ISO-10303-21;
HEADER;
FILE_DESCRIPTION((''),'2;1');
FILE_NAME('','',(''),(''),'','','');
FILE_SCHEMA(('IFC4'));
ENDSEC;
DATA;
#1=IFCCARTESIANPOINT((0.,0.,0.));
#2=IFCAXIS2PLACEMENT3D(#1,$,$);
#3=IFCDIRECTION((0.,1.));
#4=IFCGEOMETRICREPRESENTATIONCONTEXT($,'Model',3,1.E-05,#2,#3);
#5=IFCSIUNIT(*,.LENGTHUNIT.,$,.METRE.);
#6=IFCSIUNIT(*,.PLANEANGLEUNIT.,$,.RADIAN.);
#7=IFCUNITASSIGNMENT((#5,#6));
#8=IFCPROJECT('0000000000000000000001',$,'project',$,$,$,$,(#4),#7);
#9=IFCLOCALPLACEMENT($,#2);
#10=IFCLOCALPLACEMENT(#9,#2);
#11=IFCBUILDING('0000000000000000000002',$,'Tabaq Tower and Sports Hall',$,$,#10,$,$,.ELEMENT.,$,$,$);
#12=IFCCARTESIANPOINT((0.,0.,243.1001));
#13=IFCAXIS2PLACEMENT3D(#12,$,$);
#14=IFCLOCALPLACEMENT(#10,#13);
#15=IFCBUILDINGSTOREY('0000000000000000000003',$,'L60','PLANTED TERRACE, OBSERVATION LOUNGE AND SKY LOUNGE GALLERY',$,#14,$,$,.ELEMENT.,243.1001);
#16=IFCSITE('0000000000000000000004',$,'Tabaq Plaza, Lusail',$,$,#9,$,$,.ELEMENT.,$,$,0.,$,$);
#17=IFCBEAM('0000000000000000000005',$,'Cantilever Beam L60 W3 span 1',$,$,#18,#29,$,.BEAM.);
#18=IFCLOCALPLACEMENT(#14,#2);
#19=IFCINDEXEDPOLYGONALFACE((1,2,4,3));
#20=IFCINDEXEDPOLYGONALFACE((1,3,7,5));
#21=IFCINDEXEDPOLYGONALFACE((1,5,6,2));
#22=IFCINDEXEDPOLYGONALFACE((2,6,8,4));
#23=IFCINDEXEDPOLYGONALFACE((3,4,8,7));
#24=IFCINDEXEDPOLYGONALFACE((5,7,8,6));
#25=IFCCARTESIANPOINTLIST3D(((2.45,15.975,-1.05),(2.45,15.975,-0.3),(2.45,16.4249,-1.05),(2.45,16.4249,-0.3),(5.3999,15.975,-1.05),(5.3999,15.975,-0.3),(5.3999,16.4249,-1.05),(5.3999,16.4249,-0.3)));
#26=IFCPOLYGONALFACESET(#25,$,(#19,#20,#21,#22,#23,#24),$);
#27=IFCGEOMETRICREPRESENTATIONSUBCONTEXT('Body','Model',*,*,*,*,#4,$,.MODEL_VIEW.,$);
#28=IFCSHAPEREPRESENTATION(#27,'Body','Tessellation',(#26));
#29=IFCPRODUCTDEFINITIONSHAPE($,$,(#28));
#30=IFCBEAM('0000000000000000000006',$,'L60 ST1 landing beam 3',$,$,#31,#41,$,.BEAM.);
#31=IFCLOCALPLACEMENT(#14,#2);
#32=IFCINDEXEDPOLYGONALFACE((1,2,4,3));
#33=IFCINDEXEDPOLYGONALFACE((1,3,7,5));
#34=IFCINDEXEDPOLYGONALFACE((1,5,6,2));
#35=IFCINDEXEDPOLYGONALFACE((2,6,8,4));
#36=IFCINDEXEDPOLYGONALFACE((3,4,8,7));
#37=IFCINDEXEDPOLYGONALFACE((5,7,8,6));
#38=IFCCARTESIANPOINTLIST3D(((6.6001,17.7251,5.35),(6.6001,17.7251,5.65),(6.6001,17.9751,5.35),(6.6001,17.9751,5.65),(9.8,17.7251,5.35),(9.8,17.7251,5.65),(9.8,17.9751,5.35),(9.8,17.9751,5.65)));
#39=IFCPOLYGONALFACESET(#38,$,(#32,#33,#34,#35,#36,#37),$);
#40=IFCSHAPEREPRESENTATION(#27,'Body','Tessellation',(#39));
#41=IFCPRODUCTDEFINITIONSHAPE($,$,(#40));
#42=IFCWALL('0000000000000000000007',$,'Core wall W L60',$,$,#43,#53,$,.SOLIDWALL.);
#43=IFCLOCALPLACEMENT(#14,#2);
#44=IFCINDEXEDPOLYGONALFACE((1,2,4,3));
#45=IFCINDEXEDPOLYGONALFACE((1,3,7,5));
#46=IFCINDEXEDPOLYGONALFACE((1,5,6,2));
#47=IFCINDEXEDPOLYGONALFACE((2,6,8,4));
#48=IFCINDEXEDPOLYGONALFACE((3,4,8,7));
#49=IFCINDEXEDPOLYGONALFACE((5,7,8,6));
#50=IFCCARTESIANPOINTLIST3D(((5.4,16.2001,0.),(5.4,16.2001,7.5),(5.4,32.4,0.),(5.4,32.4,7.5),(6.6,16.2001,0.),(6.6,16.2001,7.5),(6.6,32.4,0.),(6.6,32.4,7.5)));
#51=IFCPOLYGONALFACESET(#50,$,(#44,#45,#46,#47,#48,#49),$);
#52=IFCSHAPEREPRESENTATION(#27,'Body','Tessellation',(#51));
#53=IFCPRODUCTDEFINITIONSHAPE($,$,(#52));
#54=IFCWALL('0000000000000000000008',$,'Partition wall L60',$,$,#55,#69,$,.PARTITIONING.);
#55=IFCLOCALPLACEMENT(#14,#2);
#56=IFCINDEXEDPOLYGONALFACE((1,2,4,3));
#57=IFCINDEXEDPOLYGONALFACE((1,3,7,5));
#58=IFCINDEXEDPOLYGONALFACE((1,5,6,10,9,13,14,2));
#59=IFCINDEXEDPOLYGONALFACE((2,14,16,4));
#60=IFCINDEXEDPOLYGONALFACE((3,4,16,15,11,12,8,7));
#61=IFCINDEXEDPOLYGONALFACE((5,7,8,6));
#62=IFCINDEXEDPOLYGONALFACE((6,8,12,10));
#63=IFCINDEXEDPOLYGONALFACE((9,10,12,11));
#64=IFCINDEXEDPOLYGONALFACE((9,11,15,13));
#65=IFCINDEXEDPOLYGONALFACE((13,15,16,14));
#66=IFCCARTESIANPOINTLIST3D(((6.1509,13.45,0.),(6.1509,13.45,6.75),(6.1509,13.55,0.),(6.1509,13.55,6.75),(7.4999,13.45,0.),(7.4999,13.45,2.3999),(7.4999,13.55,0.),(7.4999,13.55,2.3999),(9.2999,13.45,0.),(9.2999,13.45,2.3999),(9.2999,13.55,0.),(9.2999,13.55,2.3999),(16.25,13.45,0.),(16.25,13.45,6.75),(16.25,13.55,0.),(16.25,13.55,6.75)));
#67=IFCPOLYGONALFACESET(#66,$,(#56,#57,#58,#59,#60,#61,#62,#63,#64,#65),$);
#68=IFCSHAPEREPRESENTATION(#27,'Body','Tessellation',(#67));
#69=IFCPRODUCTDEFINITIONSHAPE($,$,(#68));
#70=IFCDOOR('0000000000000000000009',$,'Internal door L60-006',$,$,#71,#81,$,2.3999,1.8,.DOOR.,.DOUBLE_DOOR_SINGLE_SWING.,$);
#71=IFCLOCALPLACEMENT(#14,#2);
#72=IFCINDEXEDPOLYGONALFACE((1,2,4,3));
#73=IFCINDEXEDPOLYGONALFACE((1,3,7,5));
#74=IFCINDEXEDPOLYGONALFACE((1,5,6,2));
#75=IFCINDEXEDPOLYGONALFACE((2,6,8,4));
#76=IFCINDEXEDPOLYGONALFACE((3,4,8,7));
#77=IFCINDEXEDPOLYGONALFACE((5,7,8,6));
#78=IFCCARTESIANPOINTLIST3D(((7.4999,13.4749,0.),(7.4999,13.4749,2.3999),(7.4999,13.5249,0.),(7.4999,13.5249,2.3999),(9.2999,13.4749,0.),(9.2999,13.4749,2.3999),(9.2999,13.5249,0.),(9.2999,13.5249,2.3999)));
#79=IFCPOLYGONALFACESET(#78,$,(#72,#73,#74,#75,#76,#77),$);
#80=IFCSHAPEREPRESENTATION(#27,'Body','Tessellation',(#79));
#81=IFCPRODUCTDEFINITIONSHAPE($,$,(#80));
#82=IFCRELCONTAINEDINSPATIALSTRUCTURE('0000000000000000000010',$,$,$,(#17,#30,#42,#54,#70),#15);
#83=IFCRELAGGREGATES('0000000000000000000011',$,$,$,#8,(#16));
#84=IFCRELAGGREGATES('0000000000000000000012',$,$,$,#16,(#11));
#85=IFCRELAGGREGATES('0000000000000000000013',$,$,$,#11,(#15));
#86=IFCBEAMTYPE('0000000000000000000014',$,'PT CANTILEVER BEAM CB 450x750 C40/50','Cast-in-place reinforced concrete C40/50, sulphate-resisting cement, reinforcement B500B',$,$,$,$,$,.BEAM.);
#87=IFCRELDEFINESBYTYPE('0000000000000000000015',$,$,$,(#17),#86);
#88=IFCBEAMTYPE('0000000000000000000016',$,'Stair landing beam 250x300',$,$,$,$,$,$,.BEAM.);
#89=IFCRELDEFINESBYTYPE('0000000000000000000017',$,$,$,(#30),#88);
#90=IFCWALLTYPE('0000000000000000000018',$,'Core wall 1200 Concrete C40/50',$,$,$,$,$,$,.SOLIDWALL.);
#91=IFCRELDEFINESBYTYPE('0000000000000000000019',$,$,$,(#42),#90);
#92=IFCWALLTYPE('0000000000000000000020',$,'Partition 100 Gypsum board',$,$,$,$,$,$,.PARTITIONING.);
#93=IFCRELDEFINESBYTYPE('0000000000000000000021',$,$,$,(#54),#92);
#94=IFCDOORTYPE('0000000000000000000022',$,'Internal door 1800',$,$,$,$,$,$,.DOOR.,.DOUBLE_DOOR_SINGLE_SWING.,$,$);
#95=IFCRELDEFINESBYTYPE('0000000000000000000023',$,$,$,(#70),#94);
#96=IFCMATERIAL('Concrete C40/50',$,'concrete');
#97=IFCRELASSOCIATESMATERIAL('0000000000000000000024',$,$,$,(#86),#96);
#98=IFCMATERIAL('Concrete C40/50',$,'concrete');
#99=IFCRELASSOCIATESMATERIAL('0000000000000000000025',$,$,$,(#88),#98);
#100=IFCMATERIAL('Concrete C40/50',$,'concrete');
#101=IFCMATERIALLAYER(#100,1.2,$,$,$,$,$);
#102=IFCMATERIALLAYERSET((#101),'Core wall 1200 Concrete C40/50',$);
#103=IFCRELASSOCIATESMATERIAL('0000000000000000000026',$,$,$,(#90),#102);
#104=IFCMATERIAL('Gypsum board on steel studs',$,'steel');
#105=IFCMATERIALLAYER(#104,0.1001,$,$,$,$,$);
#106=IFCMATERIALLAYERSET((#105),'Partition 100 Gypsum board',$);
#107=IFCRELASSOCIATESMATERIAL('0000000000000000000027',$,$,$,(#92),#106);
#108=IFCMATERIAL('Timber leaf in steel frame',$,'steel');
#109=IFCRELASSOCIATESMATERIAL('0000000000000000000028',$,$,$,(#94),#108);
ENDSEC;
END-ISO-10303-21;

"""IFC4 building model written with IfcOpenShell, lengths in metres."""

from ifc_helpers import new_model, si_unit, direction, frame, frame_2d, origin, origin_2d, place, context, subcontext, project, spatial, rectangle, extrude, material, layer, layer_set, material_profile, profile_set, type_object, element, fill, save


model = new_model("IFC4")

# Units and contexts
model_context = context("Model", 3, precision=1e-05, world=origin(), true_north=direction((0.0, 1.0)))
body_context = subcontext(model_context, "Body", "Model", "MODEL_VIEW")
ifc_project = project(units=[si_unit("LENGTHUNIT", "METRE"), si_unit("PLANEANGLEUNIT", "RADIAN")], contexts=[model_context])

# Site, building, storey
site_placement = place(None, origin())
site = spatial("IfcSite", under=ifc_project, at=site_placement, Name="Tabaq Plaza, Lusail", CompositionType="ELEMENT", RefElevation=0.0)
building_placement = place(site_placement, origin())
building = spatial("IfcBuilding", under=site, at=building_placement, Name="Tabaq Tower and Sports Hall", CompositionType="ELEMENT")
storey_placement = place(building_placement, frame((0.0, 0.0, 243.1001)))
storey = spatial("IfcBuildingStorey", under=building, at=storey_placement, Name="L60", Description="PLANTED TERRACE, OBSERVATION LOUNGE AND SKY LOUNGE GALLERY", CompositionType="ELEMENT", Elevation=243.1001)

# Beams
ifc_material_1 = material(Name="Concrete C40/50", Category="concrete")
ifc_material_profile_1 = material_profile(ifc_material_1, rectangle(XDim=0.45, YDim=0.75, at=origin_2d()), Name="CB 450x750")
ifc_profile_set_1 = profile_set([ifc_material_profile_1], Name="Concrete C40/50")
beam_type_1 = type_object("IfcBeamType", Name="PT CANTILEVER BEAM CB 450x750 C40/50", Description="Cast-in-place reinforced concrete C40/50, sulphate-resisting cement, reinforcement B500B", PredefinedType="BEAM", material=ifc_profile_set_1)
beam_1_placement = place(storey_placement, frame((2.45, 16.2, -0.675), z_axis=(1.0, 0.0, 0.0), x_axis=(0.0, 1.0, 0.0)))
element("IfcBeam", 1, at=beam_1_placement, inside=storey, type_object=beam_type_1, Name="Cantilever Beam L60 W3 span 1", PredefinedType="BEAM", context=body_context, shape_type="SweptSolid", body=[
    extrude(rectangle(XDim=0.45, YDim=0.75, at=origin_2d()), origin(), (0.0, 0.0, 1.0), 2.95),
])
ifc_material_2 = material(Name="Concrete C40/50", Category="concrete")
ifc_material_profile_2 = material_profile(ifc_material_2, rectangle(XDim=0.25, YDim=0.3, at=origin_2d()), Name="RC 250x300")
ifc_profile_set_2 = profile_set([ifc_material_profile_2], Name="Concrete C40/50")
beam_type_2 = type_object("IfcBeamType", Name="Stair landing beam 250x300", PredefinedType="BEAM", material=ifc_profile_set_2)
beam_2_placement = place(storey_placement, frame((6.6001, 17.8501, 5.5), z_axis=(1.0, 0.0, 0.0), x_axis=(0.0, 1.0, 0.0)))
element("IfcBeam", 2, at=beam_2_placement, inside=storey, type_object=beam_type_2, Name="L60 ST1 landing beam 3", PredefinedType="BEAM", context=body_context, shape_type="SweptSolid", body=[
    extrude(rectangle(XDim=0.25, YDim=0.3, at=origin_2d()), origin(), (0.0, 0.0, 1.0), 3.2),
])

# Wall
ifc_material_3 = material(Name="Concrete C40/50", Category="concrete")
ifc_layer_1 = layer(ifc_material_3, 1.2)
ifc_layer_set_1 = layer_set([ifc_layer_1], Name="Core wall 1200 Concrete C40/50")
wall_type_1 = type_object("IfcWallType", Name="Core wall 1200 Concrete C40/50", PredefinedType="SOLIDWALL", material=ifc_layer_set_1)
wall_1_placement = place(storey_placement, frame((6.0, 16.2, 0.0), z_axis=(0.0, 0.0, 1.0), x_axis=(0.0, 1.0, 0.0)))
element("IfcWall", 3, at=wall_1_placement, inside=storey, type_object=wall_type_1, Name="Core wall W L60", PredefinedType="SOLIDWALL", context=body_context, shape_type="SweptSolid", body=[
    extrude(rectangle(XDim=16.2, YDim=1.2, at=frame_2d((8.1001, 0.0))), origin(), (0.0, 0.0, 1.0), 7.5),
])

# Wall, opening, door
ifc_material_4 = material(Name="Gypsum board on steel studs", Category="steel")
ifc_layer_2 = layer(ifc_material_4, 0.1001)
ifc_layer_set_2 = layer_set([ifc_layer_2], Name="Partition 100 Gypsum board")
wall_type_2 = type_object("IfcWallType", Name="Partition 100 Gypsum board", PredefinedType="PARTITIONING", material=ifc_layer_set_2)
wall_2_placement = place(storey_placement, frame((6.1509, 13.5, 0.0), z_axis=(0.0, 0.0, 1.0), x_axis=(1.0, 0.0, 0.0)))
wall_2 = element("IfcWall", 4, at=wall_2_placement, inside=storey, type_object=wall_type_2, Name="Partition wall L60", PredefinedType="PARTITIONING", context=body_context, shape_type="SweptSolid", body=[
    extrude(rectangle(XDim=10.0991, YDim=0.1001, at=frame_2d((5.0496, 0.0))), origin(), (0.0, 0.0, 1.0), 6.75),
])
opening_1_placement = place(wall_2_placement, frame((1.3491, 0.0, 0.0)))
opening_1 = element("IfcOpeningElement", 5, at=opening_1_placement, cuts=wall_2, PredefinedType="OPENING", context=body_context, shape_type="SweptSolid", body=[
    extrude(rectangle(XDim=1.8, YDim=2.3999, at=frame_2d((0.8999, 1.2))), frame((0.0, 0.05, 0.0), z_axis=(0.0, -1.0, 0.0), x_axis=(1.0, 0.0, 0.0)), (0.0, 0.0, 1.0), 0.1001),
])
ifc_material_5 = material(Name="Timber leaf in steel frame", Category="steel")
door_type_1 = type_object("IfcDoorType", Name="Internal door 1800", OperationType="DOUBLE_DOOR_SINGLE_SWING", PredefinedType="DOOR", material=ifc_material_5)
door_1_placement = place(opening_1_placement, origin())
door_1 = element("IfcDoor", 6, at=door_1_placement, inside=storey, type_object=door_type_1, Name="Internal door L60-006", OperationType="DOUBLE_DOOR_SINGLE_SWING", OverallHeight=2.3999, OverallWidth=1.8, PredefinedType="DOOR", context=body_context, shape_type="SweptSolid", body=[
    extrude(rectangle(XDim=1.8, YDim=2.3999, at=frame_2d((0.8999, 1.2))), frame((0.0, 0.0249, 0.0), z_axis=(0.0, -1.0, 0.0), x_axis=(1.0, 0.0, 0.0)), (0.0, 0.0, 1.0), 0.05),
])
fill(opening_1, door_1)

save(model, "model.ifc")
